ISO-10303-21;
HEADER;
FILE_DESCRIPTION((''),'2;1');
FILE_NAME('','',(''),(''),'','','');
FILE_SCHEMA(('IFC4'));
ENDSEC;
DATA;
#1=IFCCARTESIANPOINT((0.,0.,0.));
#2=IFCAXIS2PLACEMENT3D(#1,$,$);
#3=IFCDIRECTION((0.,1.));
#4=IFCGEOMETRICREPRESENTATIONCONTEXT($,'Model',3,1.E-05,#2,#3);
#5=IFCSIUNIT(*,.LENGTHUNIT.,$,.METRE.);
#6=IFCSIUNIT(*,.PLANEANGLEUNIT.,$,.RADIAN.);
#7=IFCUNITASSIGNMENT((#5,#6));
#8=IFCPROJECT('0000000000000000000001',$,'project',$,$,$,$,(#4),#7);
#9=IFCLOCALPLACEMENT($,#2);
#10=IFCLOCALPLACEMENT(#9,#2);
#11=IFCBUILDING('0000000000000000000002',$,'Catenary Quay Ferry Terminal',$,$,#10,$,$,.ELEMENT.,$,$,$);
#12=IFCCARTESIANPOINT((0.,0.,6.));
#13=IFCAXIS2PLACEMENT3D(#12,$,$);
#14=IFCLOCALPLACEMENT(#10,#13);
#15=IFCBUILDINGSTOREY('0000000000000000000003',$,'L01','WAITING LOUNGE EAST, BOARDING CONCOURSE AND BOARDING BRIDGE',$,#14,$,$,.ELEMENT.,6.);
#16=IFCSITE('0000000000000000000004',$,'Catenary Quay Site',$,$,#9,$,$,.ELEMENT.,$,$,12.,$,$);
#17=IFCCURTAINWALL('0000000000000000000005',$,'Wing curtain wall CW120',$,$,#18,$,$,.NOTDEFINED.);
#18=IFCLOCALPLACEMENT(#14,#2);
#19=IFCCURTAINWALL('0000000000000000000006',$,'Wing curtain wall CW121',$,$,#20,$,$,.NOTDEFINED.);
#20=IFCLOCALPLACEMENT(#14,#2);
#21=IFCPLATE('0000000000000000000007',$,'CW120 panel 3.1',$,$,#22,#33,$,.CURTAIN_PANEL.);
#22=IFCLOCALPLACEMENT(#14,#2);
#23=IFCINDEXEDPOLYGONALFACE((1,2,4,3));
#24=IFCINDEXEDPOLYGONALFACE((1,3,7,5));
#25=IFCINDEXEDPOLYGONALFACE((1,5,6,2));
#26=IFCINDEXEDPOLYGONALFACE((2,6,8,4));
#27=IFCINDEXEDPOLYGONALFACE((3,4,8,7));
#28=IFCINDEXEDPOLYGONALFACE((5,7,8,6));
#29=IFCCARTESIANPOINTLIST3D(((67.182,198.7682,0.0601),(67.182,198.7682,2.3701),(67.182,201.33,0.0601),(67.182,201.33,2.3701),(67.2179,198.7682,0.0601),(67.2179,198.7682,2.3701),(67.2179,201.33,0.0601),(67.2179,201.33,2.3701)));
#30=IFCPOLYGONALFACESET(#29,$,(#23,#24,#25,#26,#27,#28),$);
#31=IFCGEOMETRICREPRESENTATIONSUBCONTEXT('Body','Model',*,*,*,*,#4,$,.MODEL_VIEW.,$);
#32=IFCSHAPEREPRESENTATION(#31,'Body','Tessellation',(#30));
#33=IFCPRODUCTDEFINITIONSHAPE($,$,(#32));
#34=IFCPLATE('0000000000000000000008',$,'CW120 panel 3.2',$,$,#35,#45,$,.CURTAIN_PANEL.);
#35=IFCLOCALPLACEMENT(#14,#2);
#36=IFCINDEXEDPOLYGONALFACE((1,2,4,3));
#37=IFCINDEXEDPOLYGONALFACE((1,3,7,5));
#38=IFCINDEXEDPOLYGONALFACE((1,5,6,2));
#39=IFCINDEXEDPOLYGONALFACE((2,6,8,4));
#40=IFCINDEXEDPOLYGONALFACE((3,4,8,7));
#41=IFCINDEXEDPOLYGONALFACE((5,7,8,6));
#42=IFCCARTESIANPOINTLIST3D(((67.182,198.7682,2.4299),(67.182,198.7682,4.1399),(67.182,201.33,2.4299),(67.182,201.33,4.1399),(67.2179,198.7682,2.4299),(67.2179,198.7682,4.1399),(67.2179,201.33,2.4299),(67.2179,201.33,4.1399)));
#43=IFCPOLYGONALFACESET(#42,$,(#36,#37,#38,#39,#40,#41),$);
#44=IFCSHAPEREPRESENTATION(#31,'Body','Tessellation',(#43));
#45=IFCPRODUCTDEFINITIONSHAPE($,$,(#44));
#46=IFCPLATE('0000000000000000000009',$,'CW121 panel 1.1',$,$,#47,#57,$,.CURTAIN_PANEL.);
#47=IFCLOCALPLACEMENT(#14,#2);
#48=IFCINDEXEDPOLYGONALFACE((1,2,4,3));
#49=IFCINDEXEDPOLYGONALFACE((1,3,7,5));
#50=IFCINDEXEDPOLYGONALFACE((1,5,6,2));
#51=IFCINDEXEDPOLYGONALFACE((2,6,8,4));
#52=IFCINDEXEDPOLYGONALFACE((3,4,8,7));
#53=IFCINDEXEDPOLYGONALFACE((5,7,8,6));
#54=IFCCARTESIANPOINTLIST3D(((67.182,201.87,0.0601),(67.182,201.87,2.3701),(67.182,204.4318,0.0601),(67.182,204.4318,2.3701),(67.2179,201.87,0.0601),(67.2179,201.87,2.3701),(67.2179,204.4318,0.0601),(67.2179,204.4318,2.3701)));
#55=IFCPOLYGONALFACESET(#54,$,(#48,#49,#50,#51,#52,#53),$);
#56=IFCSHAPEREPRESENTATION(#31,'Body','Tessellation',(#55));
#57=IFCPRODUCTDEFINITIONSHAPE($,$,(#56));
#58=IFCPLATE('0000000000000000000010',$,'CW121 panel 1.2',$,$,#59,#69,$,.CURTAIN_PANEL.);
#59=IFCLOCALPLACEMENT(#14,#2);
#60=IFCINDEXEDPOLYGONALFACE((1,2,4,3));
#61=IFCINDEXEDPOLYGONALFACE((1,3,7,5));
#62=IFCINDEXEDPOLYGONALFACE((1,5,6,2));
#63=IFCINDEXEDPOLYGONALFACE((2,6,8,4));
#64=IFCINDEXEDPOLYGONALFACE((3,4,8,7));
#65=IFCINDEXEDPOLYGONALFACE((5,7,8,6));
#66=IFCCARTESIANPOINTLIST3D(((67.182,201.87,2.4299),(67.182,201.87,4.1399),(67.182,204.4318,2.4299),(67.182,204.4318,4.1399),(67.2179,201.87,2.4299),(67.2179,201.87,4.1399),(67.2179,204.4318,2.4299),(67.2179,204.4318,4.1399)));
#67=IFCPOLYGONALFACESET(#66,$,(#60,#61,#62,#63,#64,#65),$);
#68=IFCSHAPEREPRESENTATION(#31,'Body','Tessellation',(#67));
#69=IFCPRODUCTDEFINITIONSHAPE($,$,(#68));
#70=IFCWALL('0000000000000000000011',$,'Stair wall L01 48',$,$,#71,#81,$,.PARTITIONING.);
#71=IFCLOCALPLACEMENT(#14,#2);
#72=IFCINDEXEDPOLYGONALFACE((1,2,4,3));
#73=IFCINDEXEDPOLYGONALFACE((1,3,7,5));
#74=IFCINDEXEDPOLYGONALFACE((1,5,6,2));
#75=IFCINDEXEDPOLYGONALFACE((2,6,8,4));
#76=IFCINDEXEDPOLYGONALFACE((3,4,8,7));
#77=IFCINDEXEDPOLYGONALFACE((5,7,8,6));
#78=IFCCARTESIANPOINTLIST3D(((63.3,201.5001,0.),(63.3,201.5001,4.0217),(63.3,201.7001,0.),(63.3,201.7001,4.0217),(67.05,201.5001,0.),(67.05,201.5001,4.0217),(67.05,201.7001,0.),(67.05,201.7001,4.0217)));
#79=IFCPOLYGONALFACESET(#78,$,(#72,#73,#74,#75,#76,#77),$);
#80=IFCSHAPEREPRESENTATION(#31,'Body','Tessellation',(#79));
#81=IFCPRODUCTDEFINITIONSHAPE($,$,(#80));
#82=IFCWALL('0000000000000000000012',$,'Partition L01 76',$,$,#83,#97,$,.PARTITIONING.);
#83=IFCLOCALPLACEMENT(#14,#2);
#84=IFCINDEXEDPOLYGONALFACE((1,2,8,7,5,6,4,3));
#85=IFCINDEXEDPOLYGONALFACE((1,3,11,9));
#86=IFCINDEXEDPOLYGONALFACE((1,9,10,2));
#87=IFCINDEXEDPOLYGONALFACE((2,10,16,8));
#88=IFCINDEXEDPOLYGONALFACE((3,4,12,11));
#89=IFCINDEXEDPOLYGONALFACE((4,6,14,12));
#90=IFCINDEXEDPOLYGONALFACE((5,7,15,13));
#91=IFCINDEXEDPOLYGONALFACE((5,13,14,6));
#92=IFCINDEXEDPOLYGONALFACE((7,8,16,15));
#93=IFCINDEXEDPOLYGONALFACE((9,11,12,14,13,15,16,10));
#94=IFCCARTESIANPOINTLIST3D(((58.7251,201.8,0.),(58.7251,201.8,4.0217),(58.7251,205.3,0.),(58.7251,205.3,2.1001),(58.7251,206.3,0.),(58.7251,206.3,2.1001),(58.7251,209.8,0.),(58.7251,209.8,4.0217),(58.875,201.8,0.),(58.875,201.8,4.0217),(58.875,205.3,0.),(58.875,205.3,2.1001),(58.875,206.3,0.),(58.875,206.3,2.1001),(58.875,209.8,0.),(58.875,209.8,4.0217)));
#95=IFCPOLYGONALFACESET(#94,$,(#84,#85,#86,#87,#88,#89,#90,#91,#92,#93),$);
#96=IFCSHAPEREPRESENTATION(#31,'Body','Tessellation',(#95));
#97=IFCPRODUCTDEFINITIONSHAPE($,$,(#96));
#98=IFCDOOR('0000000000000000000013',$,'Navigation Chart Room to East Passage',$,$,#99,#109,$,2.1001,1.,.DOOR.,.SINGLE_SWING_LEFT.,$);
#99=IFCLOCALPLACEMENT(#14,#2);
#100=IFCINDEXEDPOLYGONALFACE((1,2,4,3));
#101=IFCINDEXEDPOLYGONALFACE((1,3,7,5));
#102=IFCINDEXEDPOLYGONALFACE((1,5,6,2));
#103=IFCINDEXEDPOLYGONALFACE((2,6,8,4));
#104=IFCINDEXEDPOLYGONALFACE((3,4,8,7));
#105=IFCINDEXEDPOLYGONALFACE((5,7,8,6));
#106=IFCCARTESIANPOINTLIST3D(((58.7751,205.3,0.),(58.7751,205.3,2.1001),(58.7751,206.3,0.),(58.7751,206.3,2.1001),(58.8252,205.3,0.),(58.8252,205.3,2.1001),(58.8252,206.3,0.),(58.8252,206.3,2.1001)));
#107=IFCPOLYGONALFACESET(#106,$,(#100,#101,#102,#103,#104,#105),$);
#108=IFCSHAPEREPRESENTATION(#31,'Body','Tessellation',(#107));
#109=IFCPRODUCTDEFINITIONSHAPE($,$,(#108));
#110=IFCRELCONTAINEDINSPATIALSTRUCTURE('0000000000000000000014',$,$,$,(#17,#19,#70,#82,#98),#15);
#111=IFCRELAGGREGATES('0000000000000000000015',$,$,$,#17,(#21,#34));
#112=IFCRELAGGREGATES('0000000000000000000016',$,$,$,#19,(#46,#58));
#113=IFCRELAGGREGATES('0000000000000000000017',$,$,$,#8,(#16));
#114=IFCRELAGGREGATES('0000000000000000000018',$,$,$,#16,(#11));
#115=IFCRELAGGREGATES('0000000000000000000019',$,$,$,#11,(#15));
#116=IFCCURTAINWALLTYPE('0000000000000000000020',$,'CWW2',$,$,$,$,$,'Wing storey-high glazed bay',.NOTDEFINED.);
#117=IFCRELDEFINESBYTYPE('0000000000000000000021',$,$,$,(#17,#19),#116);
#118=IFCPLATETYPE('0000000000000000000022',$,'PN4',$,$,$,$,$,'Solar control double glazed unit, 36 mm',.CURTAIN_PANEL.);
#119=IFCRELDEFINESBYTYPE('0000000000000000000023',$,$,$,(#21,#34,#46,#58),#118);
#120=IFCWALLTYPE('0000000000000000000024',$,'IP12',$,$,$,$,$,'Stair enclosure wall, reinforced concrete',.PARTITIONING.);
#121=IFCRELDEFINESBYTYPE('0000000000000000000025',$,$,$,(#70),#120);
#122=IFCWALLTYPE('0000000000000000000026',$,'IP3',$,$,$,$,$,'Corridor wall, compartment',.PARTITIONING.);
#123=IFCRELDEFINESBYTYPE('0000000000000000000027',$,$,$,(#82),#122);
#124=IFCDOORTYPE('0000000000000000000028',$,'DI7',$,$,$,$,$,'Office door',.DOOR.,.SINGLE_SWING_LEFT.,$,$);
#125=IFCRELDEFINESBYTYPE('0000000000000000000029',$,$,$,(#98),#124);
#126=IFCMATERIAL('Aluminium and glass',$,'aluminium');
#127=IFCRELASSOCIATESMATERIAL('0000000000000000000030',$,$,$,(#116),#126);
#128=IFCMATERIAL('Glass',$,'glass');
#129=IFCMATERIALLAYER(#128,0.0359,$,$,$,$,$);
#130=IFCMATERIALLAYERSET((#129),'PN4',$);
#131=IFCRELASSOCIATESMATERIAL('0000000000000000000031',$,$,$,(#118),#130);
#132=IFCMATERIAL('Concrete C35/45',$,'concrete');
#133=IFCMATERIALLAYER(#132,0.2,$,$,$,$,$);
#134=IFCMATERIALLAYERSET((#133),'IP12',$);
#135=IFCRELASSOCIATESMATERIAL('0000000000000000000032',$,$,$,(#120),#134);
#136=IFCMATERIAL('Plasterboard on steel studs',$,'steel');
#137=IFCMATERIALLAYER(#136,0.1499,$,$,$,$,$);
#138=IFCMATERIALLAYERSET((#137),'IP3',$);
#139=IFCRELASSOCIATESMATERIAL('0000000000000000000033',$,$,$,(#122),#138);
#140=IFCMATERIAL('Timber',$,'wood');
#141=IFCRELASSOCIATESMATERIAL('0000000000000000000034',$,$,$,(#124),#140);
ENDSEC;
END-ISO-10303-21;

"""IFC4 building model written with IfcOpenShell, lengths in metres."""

from ifc_helpers import new_model, si_unit, direction, frame, frame_2d, origin, origin_2d, place, context, subcontext, project, spatial, rectangle, extrude, material, layer, layer_set, type_object, element, fill, aggregate, save


model = new_model("IFC4")

# Units and contexts
model_context = context("Model", 3, precision=1e-05, world=origin(), true_north=direction((0.0, 1.0)))
body_context = subcontext(model_context, "Body", "Model", "MODEL_VIEW")
ifc_project = project(units=[si_unit("LENGTHUNIT", "METRE"), si_unit("PLANEANGLEUNIT", "RADIAN")], contexts=[model_context])

# Site, building, storey
site_placement = place(None, origin())
site = spatial("IfcSite", under=ifc_project, at=site_placement, Name="Catenary Quay Site", CompositionType="ELEMENT", RefElevation=12.0)
building_placement = place(site_placement, origin())
building = spatial("IfcBuilding", under=site, at=building_placement, Name="Catenary Quay Ferry Terminal", CompositionType="ELEMENT")
storey_placement = place(building_placement, frame((0.0, 0.0, 6.0)))
storey = spatial("IfcBuildingStorey", under=building, at=storey_placement, Name="L01", Description="WAITING LOUNGE EAST, BOARDING CONCOURSE AND BOARDING BRIDGE", CompositionType="ELEMENT", Elevation=6.0)

# Curtain walls
ifc_material_1 = material(Name="Aluminium and glass", Category="aluminium")
curtain_wall_type = type_object("IfcCurtainWallType", Name="CWW2", ElementType="Wing storey-high glazed bay", PredefinedType="NOTDEFINED", material=ifc_material_1)
curtain_wall_1_placement = place(storey_placement, origin())
curtain_wall_1 = element("IfcCurtainWall", 1, at=curtain_wall_1_placement, inside=storey, type_object=curtain_wall_type, Name="Wing curtain wall CW120", PredefinedType="NOTDEFINED")
curtain_wall_2_placement = place(storey_placement, origin())
curtain_wall_2 = element("IfcCurtainWall", 2, at=curtain_wall_2_placement, inside=storey, type_object=curtain_wall_type, Name="Wing curtain wall CW121", PredefinedType="NOTDEFINED")

# Plates
ifc_material_2 = material(Name="Glass", Category="glass")
ifc_layer_1 = layer(ifc_material_2, 0.0359)
ifc_layer_set_1 = layer_set([ifc_layer_1], Name="PN4")
plate_type = type_object("IfcPlateType", Name="PN4", ElementType="Solar control double glazed unit, 36 mm", PredefinedType="CURTAIN_PANEL", material=ifc_layer_set_1)
plate_1_placement = place(storey_placement, frame((67.2, 200.0491, 0.0601), z_axis=(0.0, 0.0, 1.0), x_axis=(0.0, 1.0, 0.0)))
plate_1 = element("IfcPlate", 3, at=plate_1_placement, type_object=plate_type, Name="CW120 panel 3.1", PredefinedType="CURTAIN_PANEL", context=body_context, shape_type="SweptSolid", body=[
    extrude(rectangle(XDim=2.5618, YDim=0.0359, at=origin_2d()), origin(), (0.0, 0.0, 1.0), 2.3101),
])
plate_2_placement = place(storey_placement, frame((67.2, 200.0491, 2.4299), z_axis=(0.0, 0.0, 1.0), x_axis=(0.0, 1.0, 0.0)))
plate_2 = element("IfcPlate", 4, at=plate_2_placement, type_object=plate_type, Name="CW120 panel 3.2", PredefinedType="CURTAIN_PANEL", context=body_context, shape_type="SweptSolid", body=[
    extrude(rectangle(XDim=2.5618, YDim=0.0359, at=origin_2d()), origin(), (0.0, 0.0, 1.0), 1.71),
])
aggregate(curtain_wall_1, [plate_1, plate_2])
plate_3_placement = place(storey_placement, frame((67.2, 203.1509, 0.0601), z_axis=(0.0, 0.0, 1.0), x_axis=(0.0, 1.0, 0.0)))
plate_3 = element("IfcPlate", 5, at=plate_3_placement, type_object=plate_type, Name="CW121 panel 1.1", PredefinedType="CURTAIN_PANEL", context=body_context, shape_type="SweptSolid", body=[
    extrude(rectangle(XDim=2.5618, YDim=0.0359, at=origin_2d()), origin(), (0.0, 0.0, 1.0), 2.3101),
])
plate_4_placement = place(storey_placement, frame((67.2, 203.1509, 2.4299), z_axis=(0.0, 0.0, 1.0), x_axis=(0.0, 1.0, 0.0)))
plate_4 = element("IfcPlate", 6, at=plate_4_placement, type_object=plate_type, Name="CW121 panel 1.2", PredefinedType="CURTAIN_PANEL", context=body_context, shape_type="SweptSolid", body=[
    extrude(rectangle(XDim=2.5618, YDim=0.0359, at=origin_2d()), origin(), (0.0, 0.0, 1.0), 1.71),
])
aggregate(curtain_wall_2, [plate_3, plate_4])

# Wall
ifc_material_3 = material(Name="Concrete C35/45", Category="concrete")
ifc_layer_2 = layer(ifc_material_3, 0.2)
ifc_layer_set_2 = layer_set([ifc_layer_2], Name="IP12")
wall_type_1 = type_object("IfcWallType", Name="IP12", ElementType="Stair enclosure wall, reinforced concrete", PredefinedType="PARTITIONING", material=ifc_layer_set_2)
wall_1_placement = place(storey_placement, frame((63.3, 201.6001, 0.0), z_axis=(0.0, 0.0, 1.0), x_axis=(1.0, 0.0, 0.0)))
element("IfcWall", 7, at=wall_1_placement, inside=storey, type_object=wall_type_1, Name="Stair wall L01 48", PredefinedType="PARTITIONING", context=body_context, shape_type="SweptSolid", body=[
    extrude(rectangle(XDim=3.75, YDim=0.2, at=frame_2d((1.875, 0.0))), origin(), (0.0, 0.0, 1.0), 4.0217),
])

# Wall, opening, door
ifc_material_4 = material(Name="Plasterboard on steel studs", Category="steel")
ifc_layer_3 = layer(ifc_material_4, 0.1499)
ifc_layer_set_3 = layer_set([ifc_layer_3], Name="IP3")
wall_type_2 = type_object("IfcWallType", Name="IP3", ElementType="Corridor wall, compartment", PredefinedType="PARTITIONING", material=ifc_layer_set_3)
wall_2_placement = place(storey_placement, frame((58.8, 201.8, 0.0), z_axis=(0.0, 0.0, 1.0), x_axis=(0.0, 1.0, 0.0)))
wall_2 = element("IfcWall", 8, at=wall_2_placement, inside=storey, type_object=wall_type_2, Name="Partition L01 76", PredefinedType="PARTITIONING", context=body_context, shape_type="SweptSolid", body=[
    extrude(rectangle(XDim=8.0, YDim=0.1499, at=frame_2d((4.0, 0.0))), origin(), (0.0, 0.0, 1.0), 4.0217),
])
opening_placement = place(wall_2_placement, frame((3.5, 0.0, 0.0)))
opening = element("IfcOpeningElement", 9, at=opening_placement, cuts=wall_2, PredefinedType="OPENING", context=body_context, shape_type="SweptSolid", body=[
    extrude(rectangle(XDim=1.0, YDim=2.1001, at=frame_2d((0.5, 1.05))), frame((0.0, 0.085, 0.0), z_axis=(0.0, -1.0, 0.0), x_axis=(1.0, 0.0, 0.0)), (0.0, 0.0, 1.0), 0.1699),
])
ifc_material_5 = material(Name="Timber", Category="wood")
door_type = type_object("IfcDoorType", Name="DI7", ElementType="Office door", OperationType="SINGLE_SWING_LEFT", PredefinedType="DOOR", material=ifc_material_5)
door_placement = place(opening_placement, origin())
door = element("IfcDoor", 10, at=door_placement, inside=storey, type_object=door_type, Name="Navigation Chart Room to East Passage", OperationType="SINGLE_SWING_LEFT", OverallHeight=2.1001, OverallWidth=1.0, PredefinedType="DOOR", context=body_context, shape_type="SweptSolid", body=[
    extrude(rectangle(XDim=1.0, YDim=2.1001, at=frame_2d((0.5, 1.05))), frame((0.0, 0.0249, 0.0), z_axis=(0.0, -1.0, 0.0), x_axis=(1.0, 0.0, 0.0)), (0.0, 0.0, 1.0), 0.05),
])
fill(opening, door)

save(model, "model.ifc")
